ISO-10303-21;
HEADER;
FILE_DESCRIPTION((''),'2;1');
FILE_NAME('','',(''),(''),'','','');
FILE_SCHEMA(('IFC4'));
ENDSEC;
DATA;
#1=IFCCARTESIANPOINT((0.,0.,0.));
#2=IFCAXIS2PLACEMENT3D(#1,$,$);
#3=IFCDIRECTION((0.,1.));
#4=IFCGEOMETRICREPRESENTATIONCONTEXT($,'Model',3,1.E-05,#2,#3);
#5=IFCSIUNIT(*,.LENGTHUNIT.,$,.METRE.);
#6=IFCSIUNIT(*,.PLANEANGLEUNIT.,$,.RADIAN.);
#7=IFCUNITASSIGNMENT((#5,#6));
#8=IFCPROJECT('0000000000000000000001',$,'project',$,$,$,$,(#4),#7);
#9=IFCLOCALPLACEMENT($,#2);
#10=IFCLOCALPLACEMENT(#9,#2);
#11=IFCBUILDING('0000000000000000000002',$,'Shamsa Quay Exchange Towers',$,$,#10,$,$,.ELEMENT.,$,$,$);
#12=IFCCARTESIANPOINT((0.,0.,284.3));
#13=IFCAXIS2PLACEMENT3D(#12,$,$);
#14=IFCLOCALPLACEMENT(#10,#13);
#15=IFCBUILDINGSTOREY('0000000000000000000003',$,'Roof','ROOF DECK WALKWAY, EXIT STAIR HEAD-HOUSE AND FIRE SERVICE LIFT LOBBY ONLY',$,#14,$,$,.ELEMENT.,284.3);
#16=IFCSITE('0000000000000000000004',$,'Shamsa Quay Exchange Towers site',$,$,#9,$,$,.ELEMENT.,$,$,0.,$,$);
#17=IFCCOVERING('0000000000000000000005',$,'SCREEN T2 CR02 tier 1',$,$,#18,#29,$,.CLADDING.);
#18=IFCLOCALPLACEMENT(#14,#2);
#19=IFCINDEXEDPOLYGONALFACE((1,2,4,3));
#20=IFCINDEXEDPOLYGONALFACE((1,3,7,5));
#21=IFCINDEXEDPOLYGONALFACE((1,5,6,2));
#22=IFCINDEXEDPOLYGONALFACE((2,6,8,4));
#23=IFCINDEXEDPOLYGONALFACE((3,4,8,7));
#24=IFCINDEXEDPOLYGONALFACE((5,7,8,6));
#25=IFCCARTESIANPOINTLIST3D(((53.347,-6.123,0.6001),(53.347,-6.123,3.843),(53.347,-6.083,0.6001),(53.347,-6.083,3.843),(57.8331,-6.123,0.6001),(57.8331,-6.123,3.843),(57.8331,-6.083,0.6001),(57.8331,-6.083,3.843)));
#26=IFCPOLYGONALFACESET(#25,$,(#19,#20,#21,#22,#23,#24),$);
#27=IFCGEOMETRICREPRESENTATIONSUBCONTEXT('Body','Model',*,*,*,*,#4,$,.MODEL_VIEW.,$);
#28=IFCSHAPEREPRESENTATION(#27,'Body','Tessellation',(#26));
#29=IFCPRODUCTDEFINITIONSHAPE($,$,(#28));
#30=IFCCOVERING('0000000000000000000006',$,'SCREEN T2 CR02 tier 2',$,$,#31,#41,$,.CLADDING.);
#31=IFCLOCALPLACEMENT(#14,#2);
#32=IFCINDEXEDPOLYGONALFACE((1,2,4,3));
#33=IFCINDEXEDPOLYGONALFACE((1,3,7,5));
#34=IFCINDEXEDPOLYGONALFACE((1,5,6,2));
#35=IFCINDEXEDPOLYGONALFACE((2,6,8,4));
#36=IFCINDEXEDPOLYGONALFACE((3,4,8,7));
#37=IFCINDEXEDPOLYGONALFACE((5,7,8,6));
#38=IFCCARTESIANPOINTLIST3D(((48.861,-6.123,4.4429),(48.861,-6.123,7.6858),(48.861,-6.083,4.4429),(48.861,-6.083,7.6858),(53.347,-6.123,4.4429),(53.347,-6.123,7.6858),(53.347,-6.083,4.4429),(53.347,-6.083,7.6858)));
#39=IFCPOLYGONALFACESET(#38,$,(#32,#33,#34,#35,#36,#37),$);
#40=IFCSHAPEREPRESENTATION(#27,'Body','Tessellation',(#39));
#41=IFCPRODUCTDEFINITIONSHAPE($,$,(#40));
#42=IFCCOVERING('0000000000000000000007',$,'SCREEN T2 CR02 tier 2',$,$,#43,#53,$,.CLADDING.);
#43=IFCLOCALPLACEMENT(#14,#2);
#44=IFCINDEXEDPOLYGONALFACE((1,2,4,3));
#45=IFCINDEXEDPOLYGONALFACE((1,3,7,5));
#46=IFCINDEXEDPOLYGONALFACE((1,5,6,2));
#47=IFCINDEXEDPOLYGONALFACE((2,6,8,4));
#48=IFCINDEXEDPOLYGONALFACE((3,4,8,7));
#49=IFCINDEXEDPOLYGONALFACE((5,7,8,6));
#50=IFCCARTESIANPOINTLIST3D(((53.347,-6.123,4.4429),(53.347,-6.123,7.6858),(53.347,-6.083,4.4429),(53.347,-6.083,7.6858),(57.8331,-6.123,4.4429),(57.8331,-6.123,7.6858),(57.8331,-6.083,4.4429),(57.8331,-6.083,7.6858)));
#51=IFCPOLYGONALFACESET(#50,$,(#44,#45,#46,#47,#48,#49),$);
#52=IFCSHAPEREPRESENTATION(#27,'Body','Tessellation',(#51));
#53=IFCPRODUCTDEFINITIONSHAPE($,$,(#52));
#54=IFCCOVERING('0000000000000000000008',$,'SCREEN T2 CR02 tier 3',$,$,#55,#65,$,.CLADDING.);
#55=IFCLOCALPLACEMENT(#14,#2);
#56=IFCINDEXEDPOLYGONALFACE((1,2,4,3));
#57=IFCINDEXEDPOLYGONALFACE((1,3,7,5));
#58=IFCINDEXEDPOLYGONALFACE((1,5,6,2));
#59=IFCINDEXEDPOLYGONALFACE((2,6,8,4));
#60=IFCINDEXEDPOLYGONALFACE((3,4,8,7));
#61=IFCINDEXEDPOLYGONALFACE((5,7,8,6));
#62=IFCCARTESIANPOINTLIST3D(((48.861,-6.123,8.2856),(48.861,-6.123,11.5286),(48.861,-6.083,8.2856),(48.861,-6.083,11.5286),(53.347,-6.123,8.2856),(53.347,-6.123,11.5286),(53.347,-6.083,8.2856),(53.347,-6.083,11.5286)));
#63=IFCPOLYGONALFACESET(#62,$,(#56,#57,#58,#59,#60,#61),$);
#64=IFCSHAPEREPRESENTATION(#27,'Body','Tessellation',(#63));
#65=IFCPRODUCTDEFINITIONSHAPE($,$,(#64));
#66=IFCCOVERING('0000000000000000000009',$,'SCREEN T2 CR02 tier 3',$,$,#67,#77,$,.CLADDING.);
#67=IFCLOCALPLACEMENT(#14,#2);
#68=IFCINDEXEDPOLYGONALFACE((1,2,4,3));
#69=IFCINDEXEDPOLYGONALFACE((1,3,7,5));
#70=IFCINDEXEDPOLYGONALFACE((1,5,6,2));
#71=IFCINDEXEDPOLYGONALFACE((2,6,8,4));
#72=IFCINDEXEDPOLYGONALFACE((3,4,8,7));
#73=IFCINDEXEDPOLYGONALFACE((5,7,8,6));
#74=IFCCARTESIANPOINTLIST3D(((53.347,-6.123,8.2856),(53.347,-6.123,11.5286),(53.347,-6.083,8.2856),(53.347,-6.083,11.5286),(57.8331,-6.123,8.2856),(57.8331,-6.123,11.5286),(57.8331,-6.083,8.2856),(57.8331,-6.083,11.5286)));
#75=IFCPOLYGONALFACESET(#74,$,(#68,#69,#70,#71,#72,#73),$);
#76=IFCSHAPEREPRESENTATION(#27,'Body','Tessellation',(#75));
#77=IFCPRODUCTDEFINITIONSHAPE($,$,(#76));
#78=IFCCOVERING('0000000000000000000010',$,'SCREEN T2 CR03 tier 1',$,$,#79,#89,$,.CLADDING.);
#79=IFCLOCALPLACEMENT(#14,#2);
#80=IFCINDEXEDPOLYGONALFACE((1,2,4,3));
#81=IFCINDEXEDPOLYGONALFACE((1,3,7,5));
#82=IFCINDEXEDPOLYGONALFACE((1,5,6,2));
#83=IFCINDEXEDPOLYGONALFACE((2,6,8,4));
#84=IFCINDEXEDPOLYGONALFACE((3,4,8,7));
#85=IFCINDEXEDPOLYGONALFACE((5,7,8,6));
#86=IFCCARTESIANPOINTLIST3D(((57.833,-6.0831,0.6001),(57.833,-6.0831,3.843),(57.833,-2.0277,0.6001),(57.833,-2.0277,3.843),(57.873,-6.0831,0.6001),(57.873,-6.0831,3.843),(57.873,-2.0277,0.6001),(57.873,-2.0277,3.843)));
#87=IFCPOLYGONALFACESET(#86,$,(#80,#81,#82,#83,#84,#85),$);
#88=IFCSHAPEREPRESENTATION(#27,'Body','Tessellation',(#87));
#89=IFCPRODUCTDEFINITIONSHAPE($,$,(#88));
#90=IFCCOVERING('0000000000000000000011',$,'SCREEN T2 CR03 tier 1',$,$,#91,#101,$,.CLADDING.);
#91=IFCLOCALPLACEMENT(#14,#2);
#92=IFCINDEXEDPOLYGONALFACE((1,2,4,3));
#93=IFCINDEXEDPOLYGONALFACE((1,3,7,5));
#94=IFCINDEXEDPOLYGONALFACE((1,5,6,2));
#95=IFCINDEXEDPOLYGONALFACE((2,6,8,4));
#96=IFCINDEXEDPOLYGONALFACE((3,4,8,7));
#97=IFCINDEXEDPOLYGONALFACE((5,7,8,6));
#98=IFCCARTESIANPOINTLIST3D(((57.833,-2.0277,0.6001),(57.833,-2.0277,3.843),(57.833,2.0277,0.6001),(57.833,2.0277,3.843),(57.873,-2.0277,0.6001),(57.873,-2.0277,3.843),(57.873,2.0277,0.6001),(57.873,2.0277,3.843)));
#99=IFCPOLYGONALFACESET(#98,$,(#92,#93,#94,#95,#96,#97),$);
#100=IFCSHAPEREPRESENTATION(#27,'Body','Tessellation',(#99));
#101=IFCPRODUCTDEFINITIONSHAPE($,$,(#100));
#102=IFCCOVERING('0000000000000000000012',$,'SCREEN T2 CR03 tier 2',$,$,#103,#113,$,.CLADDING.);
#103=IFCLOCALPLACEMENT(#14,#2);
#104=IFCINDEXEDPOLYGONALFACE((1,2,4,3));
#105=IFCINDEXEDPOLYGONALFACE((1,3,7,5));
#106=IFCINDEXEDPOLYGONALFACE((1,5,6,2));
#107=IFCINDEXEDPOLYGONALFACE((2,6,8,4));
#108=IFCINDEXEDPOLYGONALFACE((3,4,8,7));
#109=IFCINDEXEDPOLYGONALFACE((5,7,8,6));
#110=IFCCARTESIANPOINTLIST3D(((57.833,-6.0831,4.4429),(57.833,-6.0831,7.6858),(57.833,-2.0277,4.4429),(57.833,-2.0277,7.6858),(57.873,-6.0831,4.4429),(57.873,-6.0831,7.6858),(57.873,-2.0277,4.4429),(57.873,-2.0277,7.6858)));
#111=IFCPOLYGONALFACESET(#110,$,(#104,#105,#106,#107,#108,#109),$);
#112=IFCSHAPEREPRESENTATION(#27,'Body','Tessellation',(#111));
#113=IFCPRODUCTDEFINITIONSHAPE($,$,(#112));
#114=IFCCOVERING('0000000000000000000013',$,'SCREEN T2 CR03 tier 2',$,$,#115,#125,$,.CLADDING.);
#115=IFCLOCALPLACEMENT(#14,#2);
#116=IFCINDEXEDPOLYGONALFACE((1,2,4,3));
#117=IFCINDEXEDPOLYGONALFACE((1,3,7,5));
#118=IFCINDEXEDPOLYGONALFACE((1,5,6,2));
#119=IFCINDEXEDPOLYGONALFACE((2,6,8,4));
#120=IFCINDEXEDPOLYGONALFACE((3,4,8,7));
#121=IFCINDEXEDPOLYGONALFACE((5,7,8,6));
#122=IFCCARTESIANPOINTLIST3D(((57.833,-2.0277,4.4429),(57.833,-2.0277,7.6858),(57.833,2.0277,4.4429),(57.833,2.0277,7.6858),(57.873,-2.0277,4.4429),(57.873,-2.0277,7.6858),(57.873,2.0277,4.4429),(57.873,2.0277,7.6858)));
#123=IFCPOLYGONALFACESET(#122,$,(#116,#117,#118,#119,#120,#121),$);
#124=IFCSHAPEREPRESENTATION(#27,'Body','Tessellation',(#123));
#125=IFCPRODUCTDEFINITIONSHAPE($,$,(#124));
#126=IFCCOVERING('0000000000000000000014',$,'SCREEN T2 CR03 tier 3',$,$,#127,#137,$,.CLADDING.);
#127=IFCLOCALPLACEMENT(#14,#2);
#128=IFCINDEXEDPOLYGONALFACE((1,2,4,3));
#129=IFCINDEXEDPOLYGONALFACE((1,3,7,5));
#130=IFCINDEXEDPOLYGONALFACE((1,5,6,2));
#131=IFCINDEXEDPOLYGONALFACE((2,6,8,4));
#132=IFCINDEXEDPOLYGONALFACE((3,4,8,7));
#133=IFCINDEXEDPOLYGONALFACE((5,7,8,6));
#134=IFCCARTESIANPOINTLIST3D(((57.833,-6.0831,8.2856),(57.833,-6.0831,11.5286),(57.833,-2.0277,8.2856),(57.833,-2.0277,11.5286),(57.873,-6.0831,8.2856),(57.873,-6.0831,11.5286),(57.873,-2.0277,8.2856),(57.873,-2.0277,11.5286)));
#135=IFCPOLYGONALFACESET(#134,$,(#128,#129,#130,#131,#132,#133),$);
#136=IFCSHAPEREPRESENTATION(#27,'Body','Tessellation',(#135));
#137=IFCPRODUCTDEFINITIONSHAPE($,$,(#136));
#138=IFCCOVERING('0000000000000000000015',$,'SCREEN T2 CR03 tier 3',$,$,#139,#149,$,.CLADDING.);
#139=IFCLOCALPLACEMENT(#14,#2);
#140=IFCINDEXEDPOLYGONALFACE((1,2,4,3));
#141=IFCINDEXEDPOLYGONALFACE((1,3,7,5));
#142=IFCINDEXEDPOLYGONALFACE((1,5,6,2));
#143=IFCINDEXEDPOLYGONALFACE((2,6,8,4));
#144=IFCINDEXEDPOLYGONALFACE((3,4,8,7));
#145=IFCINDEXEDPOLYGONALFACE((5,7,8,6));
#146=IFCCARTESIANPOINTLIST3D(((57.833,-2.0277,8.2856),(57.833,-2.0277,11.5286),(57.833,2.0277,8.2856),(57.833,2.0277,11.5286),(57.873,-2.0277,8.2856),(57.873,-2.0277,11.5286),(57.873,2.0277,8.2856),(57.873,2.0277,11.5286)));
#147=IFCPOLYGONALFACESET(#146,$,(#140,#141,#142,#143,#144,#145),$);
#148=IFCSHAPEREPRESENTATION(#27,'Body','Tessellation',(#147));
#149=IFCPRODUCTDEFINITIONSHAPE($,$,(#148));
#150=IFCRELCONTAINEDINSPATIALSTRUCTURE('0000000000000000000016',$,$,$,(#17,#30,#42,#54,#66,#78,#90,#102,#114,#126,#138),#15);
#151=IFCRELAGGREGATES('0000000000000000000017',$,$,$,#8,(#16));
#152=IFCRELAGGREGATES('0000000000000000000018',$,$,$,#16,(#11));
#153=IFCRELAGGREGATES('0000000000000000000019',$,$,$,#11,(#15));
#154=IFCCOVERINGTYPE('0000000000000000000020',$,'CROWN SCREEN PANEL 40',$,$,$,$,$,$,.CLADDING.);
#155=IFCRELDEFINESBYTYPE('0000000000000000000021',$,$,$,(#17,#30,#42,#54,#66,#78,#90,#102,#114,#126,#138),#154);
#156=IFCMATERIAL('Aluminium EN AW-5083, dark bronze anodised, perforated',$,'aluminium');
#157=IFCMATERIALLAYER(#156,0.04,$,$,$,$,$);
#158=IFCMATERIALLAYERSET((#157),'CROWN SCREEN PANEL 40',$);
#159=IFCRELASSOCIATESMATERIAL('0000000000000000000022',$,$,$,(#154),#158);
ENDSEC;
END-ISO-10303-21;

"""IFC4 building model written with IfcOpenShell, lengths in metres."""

from ifc_helpers import new_model, si_unit, direction, frame, origin, origin_2d, place, context, subcontext, project, spatial, rectangle, extrude, material, layer, layer_set, type_object, element, save


model = new_model("IFC4")

# Units and contexts
model_context = context("Model", 3, precision=1e-05, world=origin(), true_north=direction((0.0, 1.0)))
body_context = subcontext(model_context, "Body", "Model", "MODEL_VIEW")
ifc_project = project(units=[si_unit("LENGTHUNIT", "METRE"), si_unit("PLANEANGLEUNIT", "RADIAN")], contexts=[model_context])

# Site, building, storey
site_placement = place(None, origin())
site = spatial("IfcSite", under=ifc_project, at=site_placement, Name="Shamsa Quay Exchange Towers site", CompositionType="ELEMENT", RefElevation=0.0)
building_placement = place(site_placement, origin())
building = spatial("IfcBuilding", under=site, at=building_placement, Name="Shamsa Quay Exchange Towers", CompositionType="ELEMENT")
storey_placement = place(building_placement, frame((0.0, 0.0, 284.3)))
storey = spatial("IfcBuildingStorey", under=building, at=storey_placement, Name="Roof", Description="ROOF DECK WALKWAY, EXIT STAIR HEAD-HOUSE AND FIRE SERVICE LIFT LOBBY ONLY", CompositionType="ELEMENT", Elevation=284.3)

# Coverings
ifc_material_1 = material(Name="Aluminium EN AW-5083, dark bronze anodised, perforated", Category="aluminium")
ifc_layer_1 = layer(ifc_material_1, 0.04)
ifc_layer_set_1 = layer_set([ifc_layer_1], Name="CROWN SCREEN PANEL 40")
covering_type = type_object("IfcCoveringType", Name="CROWN SCREEN PANEL 40", PredefinedType="CLADDING", material=ifc_layer_set_1)
for number, where, name in (
    (1, (55.5901, -6.103, 0.6001), "SCREEN T2 CR02 tier 1"),
    (2, (51.104, -6.103, 4.4429), "SCREEN T2 CR02 tier 2"),
    (3, (55.5901, -6.103, 4.4429), "SCREEN T2 CR02 tier 2"),
    (4, (51.104, -6.103, 8.2856), "SCREEN T2 CR02 tier 3"),
    (5, (55.5901, -6.103, 8.2856), "SCREEN T2 CR02 tier 3"),
):
    element("IfcCovering", number, at=place(storey_placement, frame(where)), inside=storey, type_object=covering_type, Name=name, PredefinedType="CLADDING", context=body_context, shape_type="SweptSolid", body=[
        extrude(rectangle(XDim=4.4861, YDim=0.04, at=origin_2d()), origin(), (0.0, 0.0, 1.0), 3.2429),
    ])
for number, where, z_axis, x_axis, name in (
    (6, (57.853, -4.0554, 0.6001), (0.0, 0.0, 1.0), (0.0, 1.0, 0.0), "SCREEN T2 CR03 tier 1"),
    (7, (57.853, 0.0, 0.6001), (0.0, 0.0, 1.0), (0.0, 1.0, 0.0), "SCREEN T2 CR03 tier 1"),
    (8, (57.853, -4.0554, 4.4429), (0.0, 0.0, 1.0), (0.0, 1.0, 0.0), "SCREEN T2 CR03 tier 2"),
    (9, (57.853, 0.0, 4.4429), (0.0, 0.0, 1.0), (0.0, 1.0, 0.0), "SCREEN T2 CR03 tier 2"),
    (10, (57.853, -4.0554, 8.2856), (0.0, 0.0, 1.0), (0.0, 1.0, 0.0), "SCREEN T2 CR03 tier 3"),
    (11, (57.853, 0.0, 8.2856), (0.0, 0.0, 1.0), (0.0, 1.0, 0.0), "SCREEN T2 CR03 tier 3"),
):
    element("IfcCovering", number, at=place(storey_placement, frame(where, z_axis=z_axis, x_axis=x_axis)), inside=storey, type_object=covering_type, Name=name, PredefinedType="CLADDING", context=body_context, shape_type="SweptSolid", body=[
        extrude(rectangle(XDim=4.0554, YDim=0.04, at=origin_2d()), origin(), (0.0, 0.0, 1.0), 3.2429),
    ])

save(model, "model.ifc")
